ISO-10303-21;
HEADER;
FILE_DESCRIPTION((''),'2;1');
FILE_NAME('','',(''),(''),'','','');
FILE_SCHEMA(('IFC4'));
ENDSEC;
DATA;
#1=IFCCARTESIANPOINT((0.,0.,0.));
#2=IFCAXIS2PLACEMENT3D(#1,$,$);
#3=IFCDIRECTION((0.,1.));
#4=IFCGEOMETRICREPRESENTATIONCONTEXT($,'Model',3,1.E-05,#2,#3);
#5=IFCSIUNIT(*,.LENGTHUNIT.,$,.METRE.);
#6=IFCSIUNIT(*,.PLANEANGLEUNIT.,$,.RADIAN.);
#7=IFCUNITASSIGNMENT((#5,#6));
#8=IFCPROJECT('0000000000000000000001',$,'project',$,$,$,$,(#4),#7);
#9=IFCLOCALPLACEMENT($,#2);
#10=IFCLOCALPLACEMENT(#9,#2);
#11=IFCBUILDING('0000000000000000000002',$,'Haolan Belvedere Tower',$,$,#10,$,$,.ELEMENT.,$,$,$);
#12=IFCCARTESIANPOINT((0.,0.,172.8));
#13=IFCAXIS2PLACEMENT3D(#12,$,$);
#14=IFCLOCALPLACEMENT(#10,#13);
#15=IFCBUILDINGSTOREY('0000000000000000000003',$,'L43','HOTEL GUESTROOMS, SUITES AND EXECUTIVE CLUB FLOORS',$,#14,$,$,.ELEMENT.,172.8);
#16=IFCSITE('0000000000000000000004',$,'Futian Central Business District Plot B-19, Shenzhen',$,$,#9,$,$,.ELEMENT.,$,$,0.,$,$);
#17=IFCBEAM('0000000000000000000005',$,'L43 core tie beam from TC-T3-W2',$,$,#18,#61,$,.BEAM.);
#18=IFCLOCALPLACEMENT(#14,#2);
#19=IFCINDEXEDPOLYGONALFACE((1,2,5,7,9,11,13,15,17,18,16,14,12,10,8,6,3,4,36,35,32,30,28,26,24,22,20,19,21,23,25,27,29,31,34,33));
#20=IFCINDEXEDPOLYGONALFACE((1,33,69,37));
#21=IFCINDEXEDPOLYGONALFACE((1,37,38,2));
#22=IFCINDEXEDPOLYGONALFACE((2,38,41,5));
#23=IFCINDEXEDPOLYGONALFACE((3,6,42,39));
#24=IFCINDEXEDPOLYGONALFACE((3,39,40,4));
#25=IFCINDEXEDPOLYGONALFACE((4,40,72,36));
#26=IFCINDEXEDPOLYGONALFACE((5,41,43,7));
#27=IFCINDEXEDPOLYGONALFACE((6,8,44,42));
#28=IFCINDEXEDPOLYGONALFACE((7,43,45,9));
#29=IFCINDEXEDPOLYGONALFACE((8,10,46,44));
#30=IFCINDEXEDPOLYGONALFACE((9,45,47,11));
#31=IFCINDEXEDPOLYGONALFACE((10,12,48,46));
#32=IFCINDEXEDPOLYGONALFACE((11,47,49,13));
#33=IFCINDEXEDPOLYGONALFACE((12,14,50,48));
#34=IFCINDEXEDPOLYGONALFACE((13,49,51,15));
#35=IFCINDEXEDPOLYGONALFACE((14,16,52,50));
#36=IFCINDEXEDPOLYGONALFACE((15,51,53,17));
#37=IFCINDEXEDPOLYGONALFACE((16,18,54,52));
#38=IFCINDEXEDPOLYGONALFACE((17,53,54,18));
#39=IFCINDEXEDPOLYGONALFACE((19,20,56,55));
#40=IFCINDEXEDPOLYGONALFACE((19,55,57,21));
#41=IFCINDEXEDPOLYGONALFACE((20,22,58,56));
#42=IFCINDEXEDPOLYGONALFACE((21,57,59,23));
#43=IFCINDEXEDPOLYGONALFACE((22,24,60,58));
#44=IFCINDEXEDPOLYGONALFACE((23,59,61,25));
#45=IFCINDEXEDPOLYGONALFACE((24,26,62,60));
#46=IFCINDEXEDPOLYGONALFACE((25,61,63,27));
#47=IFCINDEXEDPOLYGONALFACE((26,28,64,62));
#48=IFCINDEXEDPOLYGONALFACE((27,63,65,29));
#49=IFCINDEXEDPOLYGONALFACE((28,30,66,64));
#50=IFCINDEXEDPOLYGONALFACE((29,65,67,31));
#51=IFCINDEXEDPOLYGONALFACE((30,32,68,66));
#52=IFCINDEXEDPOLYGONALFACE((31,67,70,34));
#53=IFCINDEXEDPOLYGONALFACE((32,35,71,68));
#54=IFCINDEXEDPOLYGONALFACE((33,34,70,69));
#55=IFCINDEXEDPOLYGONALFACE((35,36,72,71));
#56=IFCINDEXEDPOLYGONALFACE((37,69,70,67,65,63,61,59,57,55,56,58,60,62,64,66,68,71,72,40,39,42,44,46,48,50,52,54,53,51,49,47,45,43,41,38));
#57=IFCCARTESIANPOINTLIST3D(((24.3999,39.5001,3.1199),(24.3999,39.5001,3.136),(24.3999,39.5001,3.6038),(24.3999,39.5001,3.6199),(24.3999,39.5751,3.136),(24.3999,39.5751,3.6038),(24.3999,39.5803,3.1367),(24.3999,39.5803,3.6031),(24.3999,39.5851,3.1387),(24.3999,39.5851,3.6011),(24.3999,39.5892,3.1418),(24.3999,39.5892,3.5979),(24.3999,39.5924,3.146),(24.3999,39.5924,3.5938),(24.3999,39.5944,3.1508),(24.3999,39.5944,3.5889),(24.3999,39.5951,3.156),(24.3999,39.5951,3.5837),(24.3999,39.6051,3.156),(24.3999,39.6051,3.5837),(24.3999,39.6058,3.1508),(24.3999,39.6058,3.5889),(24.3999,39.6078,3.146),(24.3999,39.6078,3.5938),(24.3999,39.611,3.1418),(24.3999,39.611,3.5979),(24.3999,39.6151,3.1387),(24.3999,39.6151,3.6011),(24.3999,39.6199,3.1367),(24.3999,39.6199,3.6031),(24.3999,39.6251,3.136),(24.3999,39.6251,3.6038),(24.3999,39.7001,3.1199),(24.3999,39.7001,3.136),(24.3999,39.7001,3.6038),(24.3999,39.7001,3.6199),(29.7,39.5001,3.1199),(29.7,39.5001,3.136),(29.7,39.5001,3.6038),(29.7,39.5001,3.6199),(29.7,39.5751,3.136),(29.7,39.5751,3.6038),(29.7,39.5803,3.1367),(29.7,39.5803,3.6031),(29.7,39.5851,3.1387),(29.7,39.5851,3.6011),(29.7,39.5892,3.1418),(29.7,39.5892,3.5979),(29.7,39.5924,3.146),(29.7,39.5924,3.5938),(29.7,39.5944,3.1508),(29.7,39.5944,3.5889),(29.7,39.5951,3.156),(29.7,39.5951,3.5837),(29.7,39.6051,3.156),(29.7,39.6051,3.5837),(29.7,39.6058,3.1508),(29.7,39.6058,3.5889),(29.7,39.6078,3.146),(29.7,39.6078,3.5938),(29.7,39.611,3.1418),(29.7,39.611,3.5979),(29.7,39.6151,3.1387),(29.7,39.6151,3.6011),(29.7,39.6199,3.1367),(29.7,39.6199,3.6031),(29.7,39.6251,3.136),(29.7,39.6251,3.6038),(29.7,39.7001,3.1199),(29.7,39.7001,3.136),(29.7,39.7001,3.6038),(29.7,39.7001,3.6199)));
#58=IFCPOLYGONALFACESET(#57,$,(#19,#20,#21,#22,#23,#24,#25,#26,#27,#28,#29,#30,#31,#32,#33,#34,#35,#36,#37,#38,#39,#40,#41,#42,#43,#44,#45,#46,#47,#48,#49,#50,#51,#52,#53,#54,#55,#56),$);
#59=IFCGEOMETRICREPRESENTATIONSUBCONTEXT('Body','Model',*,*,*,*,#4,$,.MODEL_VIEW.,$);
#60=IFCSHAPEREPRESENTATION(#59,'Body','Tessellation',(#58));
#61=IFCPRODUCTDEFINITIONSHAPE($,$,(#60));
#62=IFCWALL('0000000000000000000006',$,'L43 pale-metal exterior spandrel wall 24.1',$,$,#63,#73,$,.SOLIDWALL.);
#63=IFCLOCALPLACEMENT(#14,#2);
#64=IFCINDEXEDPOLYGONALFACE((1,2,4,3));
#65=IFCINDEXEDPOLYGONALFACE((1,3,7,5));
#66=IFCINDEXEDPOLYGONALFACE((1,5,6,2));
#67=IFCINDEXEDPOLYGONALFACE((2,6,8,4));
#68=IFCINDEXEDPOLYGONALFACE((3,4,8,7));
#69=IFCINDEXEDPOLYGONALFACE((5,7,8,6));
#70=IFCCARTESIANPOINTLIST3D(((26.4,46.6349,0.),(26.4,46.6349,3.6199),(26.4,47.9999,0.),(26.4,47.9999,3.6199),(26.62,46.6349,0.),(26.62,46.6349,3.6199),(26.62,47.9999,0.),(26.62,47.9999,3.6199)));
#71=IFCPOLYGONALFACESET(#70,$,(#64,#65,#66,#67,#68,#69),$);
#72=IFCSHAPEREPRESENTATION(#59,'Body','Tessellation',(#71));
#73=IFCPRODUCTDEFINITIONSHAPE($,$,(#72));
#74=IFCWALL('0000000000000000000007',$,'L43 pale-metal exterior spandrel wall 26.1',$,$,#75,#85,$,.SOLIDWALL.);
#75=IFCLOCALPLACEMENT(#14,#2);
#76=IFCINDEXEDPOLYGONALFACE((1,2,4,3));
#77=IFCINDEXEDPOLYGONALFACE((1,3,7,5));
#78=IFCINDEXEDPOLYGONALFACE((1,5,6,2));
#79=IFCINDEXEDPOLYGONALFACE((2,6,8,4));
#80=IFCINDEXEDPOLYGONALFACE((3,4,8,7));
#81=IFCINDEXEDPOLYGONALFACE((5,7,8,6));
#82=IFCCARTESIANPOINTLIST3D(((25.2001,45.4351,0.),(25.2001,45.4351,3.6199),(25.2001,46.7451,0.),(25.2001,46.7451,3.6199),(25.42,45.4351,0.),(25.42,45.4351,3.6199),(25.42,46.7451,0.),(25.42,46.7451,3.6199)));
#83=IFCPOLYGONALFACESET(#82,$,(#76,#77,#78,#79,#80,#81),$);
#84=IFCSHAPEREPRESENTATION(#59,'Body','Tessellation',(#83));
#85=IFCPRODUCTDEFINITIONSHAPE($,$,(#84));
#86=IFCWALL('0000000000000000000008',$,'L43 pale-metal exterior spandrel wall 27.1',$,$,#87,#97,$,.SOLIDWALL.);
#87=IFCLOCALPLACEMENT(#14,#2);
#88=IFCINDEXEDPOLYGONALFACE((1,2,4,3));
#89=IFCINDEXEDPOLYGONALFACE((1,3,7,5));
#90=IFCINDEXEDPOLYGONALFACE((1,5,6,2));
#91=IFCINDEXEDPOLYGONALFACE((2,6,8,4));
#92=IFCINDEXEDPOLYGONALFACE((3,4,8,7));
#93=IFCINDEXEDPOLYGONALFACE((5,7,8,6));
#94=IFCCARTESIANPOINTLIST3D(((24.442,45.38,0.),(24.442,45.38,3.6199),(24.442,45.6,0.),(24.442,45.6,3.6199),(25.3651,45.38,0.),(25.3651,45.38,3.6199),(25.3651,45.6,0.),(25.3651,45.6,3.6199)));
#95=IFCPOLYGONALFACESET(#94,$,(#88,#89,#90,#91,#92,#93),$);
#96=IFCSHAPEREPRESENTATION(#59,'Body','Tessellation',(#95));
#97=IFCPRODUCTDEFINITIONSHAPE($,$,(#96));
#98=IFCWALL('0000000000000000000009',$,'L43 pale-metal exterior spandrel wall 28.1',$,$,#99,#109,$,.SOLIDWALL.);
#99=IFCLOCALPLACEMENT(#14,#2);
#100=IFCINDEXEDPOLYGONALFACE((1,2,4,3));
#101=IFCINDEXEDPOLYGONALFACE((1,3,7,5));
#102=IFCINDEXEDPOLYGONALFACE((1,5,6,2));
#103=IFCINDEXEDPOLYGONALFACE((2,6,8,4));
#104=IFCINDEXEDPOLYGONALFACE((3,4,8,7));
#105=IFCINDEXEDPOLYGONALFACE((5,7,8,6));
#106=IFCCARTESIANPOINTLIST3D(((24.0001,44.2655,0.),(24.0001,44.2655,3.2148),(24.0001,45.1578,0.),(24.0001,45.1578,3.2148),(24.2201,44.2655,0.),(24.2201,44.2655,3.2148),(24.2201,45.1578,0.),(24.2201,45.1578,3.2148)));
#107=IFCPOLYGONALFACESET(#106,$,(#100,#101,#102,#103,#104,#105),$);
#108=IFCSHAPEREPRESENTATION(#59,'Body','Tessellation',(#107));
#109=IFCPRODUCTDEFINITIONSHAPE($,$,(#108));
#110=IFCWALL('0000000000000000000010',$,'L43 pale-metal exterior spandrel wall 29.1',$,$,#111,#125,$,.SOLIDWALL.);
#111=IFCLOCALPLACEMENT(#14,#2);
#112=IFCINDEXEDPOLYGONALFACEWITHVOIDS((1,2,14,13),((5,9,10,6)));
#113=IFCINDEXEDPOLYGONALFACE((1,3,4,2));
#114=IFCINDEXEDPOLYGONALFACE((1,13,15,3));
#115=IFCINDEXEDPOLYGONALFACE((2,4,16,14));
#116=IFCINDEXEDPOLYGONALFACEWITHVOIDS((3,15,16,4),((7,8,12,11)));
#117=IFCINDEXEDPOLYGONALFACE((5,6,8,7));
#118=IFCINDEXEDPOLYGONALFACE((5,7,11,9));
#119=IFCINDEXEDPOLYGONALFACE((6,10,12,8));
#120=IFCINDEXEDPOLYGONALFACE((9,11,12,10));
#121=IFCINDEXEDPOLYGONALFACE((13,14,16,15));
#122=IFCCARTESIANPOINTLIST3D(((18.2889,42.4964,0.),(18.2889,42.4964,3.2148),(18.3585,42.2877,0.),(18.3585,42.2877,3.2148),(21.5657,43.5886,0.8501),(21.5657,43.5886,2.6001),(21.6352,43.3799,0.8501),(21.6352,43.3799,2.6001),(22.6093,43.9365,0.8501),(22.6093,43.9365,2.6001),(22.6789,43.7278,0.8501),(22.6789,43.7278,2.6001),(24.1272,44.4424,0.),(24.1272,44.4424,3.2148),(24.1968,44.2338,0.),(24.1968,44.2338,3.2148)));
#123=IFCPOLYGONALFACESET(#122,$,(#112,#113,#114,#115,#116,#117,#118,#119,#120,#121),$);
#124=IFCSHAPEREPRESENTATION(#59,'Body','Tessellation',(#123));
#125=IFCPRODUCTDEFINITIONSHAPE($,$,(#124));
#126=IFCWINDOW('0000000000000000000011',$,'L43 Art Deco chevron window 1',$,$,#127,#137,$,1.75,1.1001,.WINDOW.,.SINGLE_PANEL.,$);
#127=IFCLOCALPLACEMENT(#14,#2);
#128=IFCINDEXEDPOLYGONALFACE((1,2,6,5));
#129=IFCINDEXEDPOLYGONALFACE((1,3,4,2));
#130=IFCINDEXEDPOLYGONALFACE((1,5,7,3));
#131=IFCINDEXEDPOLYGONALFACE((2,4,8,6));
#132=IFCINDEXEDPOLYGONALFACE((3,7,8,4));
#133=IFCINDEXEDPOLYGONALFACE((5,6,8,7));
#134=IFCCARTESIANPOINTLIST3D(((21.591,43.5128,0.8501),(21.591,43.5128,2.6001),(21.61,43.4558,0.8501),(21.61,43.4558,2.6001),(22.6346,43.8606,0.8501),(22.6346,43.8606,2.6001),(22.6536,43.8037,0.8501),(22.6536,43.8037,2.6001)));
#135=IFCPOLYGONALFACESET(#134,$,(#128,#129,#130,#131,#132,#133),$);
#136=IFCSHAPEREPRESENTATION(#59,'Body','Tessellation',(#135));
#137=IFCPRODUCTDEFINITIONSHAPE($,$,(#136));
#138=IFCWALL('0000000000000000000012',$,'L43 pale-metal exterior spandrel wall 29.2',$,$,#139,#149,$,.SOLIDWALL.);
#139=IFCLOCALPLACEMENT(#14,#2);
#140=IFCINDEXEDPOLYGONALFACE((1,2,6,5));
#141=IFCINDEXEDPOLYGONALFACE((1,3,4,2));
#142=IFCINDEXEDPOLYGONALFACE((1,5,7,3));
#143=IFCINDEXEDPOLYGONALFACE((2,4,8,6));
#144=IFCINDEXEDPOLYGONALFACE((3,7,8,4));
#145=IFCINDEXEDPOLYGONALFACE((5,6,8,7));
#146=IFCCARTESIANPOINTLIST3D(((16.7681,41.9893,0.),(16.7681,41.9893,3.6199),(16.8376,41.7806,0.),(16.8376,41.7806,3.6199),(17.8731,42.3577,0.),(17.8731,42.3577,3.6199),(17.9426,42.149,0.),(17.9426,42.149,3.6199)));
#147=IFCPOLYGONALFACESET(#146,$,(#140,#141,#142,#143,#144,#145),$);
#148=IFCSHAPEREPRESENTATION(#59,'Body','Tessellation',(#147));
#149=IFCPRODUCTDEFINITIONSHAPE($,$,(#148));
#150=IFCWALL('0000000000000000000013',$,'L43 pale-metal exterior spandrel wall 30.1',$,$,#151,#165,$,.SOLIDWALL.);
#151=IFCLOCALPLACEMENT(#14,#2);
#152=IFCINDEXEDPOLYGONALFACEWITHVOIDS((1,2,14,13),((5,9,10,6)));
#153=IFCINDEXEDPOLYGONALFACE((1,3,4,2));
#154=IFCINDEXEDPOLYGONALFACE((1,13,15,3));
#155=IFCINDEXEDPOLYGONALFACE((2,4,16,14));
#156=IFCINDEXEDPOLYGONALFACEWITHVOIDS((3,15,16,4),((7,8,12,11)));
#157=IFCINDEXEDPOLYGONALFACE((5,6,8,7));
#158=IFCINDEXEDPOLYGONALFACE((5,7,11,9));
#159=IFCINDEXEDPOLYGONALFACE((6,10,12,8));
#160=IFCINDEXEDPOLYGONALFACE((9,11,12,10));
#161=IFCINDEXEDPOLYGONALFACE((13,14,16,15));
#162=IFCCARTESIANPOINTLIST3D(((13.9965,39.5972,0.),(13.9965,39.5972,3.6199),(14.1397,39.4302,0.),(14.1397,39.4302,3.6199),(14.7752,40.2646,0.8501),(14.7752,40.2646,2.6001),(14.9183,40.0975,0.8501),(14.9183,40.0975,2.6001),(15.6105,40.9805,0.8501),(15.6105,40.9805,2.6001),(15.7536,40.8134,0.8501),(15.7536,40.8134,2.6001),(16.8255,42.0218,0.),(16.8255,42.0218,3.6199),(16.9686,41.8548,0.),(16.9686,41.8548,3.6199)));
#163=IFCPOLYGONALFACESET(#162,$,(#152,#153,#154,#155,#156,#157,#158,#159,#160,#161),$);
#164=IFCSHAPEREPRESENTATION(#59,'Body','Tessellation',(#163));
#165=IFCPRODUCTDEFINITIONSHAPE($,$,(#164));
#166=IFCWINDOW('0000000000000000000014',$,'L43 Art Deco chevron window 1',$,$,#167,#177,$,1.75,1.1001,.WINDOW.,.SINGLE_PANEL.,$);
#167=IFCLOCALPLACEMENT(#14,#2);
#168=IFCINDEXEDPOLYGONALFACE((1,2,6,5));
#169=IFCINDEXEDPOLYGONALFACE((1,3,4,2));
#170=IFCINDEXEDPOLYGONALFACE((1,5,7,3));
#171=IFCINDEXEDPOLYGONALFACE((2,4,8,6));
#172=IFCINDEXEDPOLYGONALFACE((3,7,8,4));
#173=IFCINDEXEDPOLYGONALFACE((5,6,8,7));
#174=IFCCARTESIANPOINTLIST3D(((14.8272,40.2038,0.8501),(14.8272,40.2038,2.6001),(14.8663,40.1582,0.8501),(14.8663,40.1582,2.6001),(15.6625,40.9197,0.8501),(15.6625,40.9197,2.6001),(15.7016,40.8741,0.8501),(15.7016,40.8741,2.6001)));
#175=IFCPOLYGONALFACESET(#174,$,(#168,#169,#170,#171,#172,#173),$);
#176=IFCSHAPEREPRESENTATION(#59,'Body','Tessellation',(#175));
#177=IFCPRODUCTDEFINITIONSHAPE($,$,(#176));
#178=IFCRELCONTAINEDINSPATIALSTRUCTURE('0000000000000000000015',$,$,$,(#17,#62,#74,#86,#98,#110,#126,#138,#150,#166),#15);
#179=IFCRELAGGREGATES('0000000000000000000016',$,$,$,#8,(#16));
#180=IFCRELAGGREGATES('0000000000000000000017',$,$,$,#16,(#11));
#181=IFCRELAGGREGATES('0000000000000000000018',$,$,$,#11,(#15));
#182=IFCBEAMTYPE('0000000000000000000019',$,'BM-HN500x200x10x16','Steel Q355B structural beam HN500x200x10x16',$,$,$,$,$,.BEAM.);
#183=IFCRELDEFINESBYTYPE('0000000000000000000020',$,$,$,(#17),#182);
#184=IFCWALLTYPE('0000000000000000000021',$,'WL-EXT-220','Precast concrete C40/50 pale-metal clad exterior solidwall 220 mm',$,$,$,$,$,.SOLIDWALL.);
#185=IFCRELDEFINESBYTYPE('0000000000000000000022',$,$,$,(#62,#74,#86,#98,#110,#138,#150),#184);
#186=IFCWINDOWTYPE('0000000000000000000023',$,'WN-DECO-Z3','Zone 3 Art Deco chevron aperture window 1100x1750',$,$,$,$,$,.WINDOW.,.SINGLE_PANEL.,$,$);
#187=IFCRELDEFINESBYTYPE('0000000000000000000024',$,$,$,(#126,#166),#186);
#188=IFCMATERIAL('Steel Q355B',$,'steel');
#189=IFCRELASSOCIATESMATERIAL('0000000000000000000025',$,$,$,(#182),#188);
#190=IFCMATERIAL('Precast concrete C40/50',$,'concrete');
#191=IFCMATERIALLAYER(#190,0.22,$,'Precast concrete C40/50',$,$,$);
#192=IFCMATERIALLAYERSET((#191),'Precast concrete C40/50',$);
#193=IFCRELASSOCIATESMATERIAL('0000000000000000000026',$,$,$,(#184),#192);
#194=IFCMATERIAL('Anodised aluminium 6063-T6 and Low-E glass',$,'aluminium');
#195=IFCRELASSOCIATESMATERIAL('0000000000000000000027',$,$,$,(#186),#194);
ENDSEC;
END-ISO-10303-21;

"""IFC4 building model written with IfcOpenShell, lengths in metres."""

from ifc_helpers import new_model, si_unit, direction, frame, frame_2d, origin, origin_2d, place, context, subcontext, project, spatial, rectangle, i_section, extrude, material, layer, layer_set, material_profile, profile_set, type_object, element, fill, save


model = new_model("IFC4")

# Units and contexts
model_context = context("Model", 3, precision=1e-05, world=origin(), true_north=direction((0.0, 1.0)))
body_context = subcontext(model_context, "Body", "Model", "MODEL_VIEW")
ifc_project = project(units=[si_unit("LENGTHUNIT", "METRE"), si_unit("PLANEANGLEUNIT", "RADIAN")], contexts=[model_context])

# Site, building, storey
site_placement = place(None, origin())
site = spatial("IfcSite", under=ifc_project, at=site_placement, Name="Futian Central Business District Plot B-19, Shenzhen", CompositionType="ELEMENT", RefElevation=0.0)
building_placement = place(site_placement, origin())
building = spatial("IfcBuilding", under=site, at=building_placement, Name="Haolan Belvedere Tower", CompositionType="ELEMENT")
storey_placement = place(building_placement, frame((0.0, 0.0, 172.8)))
storey = spatial("IfcBuildingStorey", under=building, at=storey_placement, Name="L43", Description="HOTEL GUESTROOMS, SUITES AND EXECUTIVE CLUB FLOORS", CompositionType="ELEMENT", Elevation=172.8)

# Beam
ifc_material_1 = material(Name="Steel Q355B", Category="steel")
ifc_material_profile_1 = material_profile(ifc_material_1, i_section(OverallWidth=0.2, OverallDepth=0.5, WebThickness=0.01, FlangeThickness=0.0161, FilletRadius=0.02, at=origin_2d()), Name="Steel Q355B")
ifc_profile_set_1 = profile_set([ifc_material_profile_1], Name="Steel Q355B")
beam_type_1 = type_object("IfcBeamType", Name="BM-HN500x200x10x16", Description="Steel Q355B structural beam HN500x200x10x16", PredefinedType="BEAM", material=ifc_profile_set_1)
beam_1_placement = place(storey_placement, frame((24.3999, 39.6001, 3.3699), z_axis=(1.0, 0.0, 0.0), x_axis=(0.0, 1.0, 0.0)))
element("IfcBeam", 1, at=beam_1_placement, inside=storey, type_object=beam_type_1, Name="L43 core tie beam from TC-T3-W2", PredefinedType="BEAM", context=body_context, shape_type="SweptSolid", body=[
    extrude(i_section(OverallWidth=0.2, OverallDepth=0.5, WebThickness=0.01, FlangeThickness=0.0161, FilletRadius=0.02, at=origin_2d()), origin(), (0.0, 0.0, 1.0), 5.3),
])

# Walls
ifc_material_2 = material(Name="Precast concrete C40/50", Category="concrete")
ifc_layer_1 = layer(ifc_material_2, 0.22, Name="Precast concrete C40/50")
ifc_layer_set_1 = layer_set([ifc_layer_1], Name="Precast concrete C40/50")
wall_type_1 = type_object("IfcWallType", Name="WL-EXT-220", Description="Precast concrete C40/50 pale-metal clad exterior solidwall 220 mm", PredefinedType="SOLIDWALL", material=ifc_layer_set_1)
wall_1_placement = place(storey_placement, frame((26.51, 48.0, 0.0), z_axis=(0.0, 0.0, 1.0), x_axis=(0.0, -1.0, 0.0)))
element("IfcWall", 2, at=wall_1_placement, inside=storey, type_object=wall_type_1, Name="L43 pale-metal exterior spandrel wall 24.1", PredefinedType="SOLIDWALL", context=body_context, shape_type="SweptSolid", body=[
    extrude(rectangle(XDim=1.365, YDim=0.22, at=frame_2d((0.6826, 0.0))), origin(), (0.0, 0.0, 1.0), 3.6199),
])
wall_2_placement = place(storey_placement, frame((25.3101, 46.7451, 0.0), z_axis=(0.0, 0.0, 1.0), x_axis=(0.0, -1.0, 0.0)))
element("IfcWall", 3, at=wall_2_placement, inside=storey, type_object=wall_type_1, Name="L43 pale-metal exterior spandrel wall 26.1", PredefinedType="SOLIDWALL", context=body_context, shape_type="SweptSolid", body=[
    extrude(rectangle(XDim=1.3101, YDim=0.22, at=frame_2d((0.655, 0.0))), origin(), (0.0, 0.0, 1.0), 3.6199),
])
wall_3_placement = place(storey_placement, frame((25.365, 45.49, 0.0), z_axis=(0.0, 0.0, 1.0), x_axis=(-1.0, 0.0, 0.0)))
element("IfcWall", 4, at=wall_3_placement, inside=storey, type_object=wall_type_1, Name="L43 pale-metal exterior spandrel wall 27.1", PredefinedType="SOLIDWALL", context=body_context, shape_type="SweptSolid", body=[
    extrude(rectangle(XDim=0.9231, YDim=0.22, at=frame_2d((0.4614, 0.0))), origin(), (0.0, 0.0, 1.0), 3.6199),
])
wall_4_placement = place(storey_placement, frame((24.1101, 45.158, 0.0), z_axis=(0.0, 0.0, 1.0), x_axis=(0.0, -1.0, 0.0)))
element("IfcWall", 5, at=wall_4_placement, inside=storey, type_object=wall_type_1, Name="L43 pale-metal exterior spandrel wall 28.1", PredefinedType="SOLIDWALL", context=body_context, shape_type="SweptSolid", body=[
    extrude(rectangle(XDim=0.8923, YDim=0.22, at=frame_2d((0.4463, 0.0))), origin(), (0.0, 0.0, 1.0), 3.2148),
])

# Wall, opening, window
wall_5_placement = place(storey_placement, frame((24.1621, 44.3381, 0.0), z_axis=(0.0, 0.0, 1.0), x_axis=(-0.948687, -0.316216, 0.0)))
wall_5 = element("IfcWall", 6, at=wall_5_placement, inside=storey, type_object=wall_type_1, Name="L43 pale-metal exterior spandrel wall 29.1", PredefinedType="SOLIDWALL", context=body_context, shape_type="SweptSolid", body=[
    extrude(rectangle(XDim=6.1541, YDim=0.22, at=frame_2d((3.0771, 0.0))), origin(), (0.0, 0.0, 1.0), 3.2148),
])
opening_1_placement = place(wall_5_placement, frame((1.6001, 0.0, 0.8501)))
opening_1 = element("IfcOpeningElement", 7, at=opening_1_placement, cuts=wall_5, PredefinedType="OPENING", context=body_context, shape_type="SweptSolid", body=[
    extrude(rectangle(XDim=1.1001, YDim=1.75, at=frame_2d((0.55, 0.875))), frame((0.0, 0.1199, 0.0), z_axis=(0.0, -1.0, 0.0), x_axis=(1.0, 0.0, 0.0)), (0.0, 0.0, 1.0), 0.24),
])
ifc_material_3 = material(Name="Anodised aluminium 6063-T6 and Low-E glass", Category="aluminium")
window_type = type_object("IfcWindowType", Name="WN-DECO-Z3", Description="Zone 3 Art Deco chevron aperture window 1100x1750", PartitioningType="SINGLE_PANEL", PredefinedType="WINDOW", material=ifc_material_3)
window_1_placement = place(opening_1_placement, origin())
window_1 = element("IfcWindow", 8, at=window_1_placement, inside=storey, type_object=window_type, Name="L43 Art Deco chevron window 1", OverallHeight=1.75, OverallWidth=1.1001, PartitioningType="SINGLE_PANEL", PredefinedType="WINDOW", context=body_context, shape_type="SweptSolid", body=[
    extrude(rectangle(XDim=1.1001, YDim=1.75, at=frame_2d((0.55, 0.875))), frame((0.0, 0.03, 0.0), z_axis=(0.0, -1.0, 0.0), x_axis=(1.0, 0.0, 0.0)), (0.0, 0.0, 1.0), 0.0601),
])
fill(opening_1, window_1)

# Wall
wall_6_placement = place(storey_placement, frame((17.908, 42.2534, 0.0), z_axis=(0.0, 0.0, 1.0), x_axis=(-0.948662, -0.316291, 0.0)))
element("IfcWall", 9, at=wall_6_placement, inside=storey, type_object=wall_type_1, Name="L43 pale-metal exterior spandrel wall 29.2", PredefinedType="SOLIDWALL", context=body_context, shape_type="SweptSolid", body=[
    extrude(rectangle(XDim=1.1648, YDim=0.22, at=frame_2d((0.5825, 0.0))), origin(), (0.0, 0.0, 1.0), 3.6199),
])

# Wall, opening, window
wall_7_placement = place(storey_placement, frame((16.897, 41.9382, 0.0), z_axis=(0.0, 0.0, 1.0), x_axis=(-0.75928, -0.650764, 0.0)))
wall_7 = element("IfcWall", 10, at=wall_7_placement, inside=storey, type_object=wall_type_1, Name="L43 pale-metal exterior spandrel wall 30.1", PredefinedType="SOLIDWALL", context=body_context, shape_type="SweptSolid", body=[
    extrude(rectangle(XDim=3.7258, YDim=0.22, at=frame_2d((1.8628, 0.0))), origin(), (0.0, 0.0, 1.0), 3.6199),
])
opening_2_placement = place(wall_7_placement, frame((1.6001, 0.0, 0.8501)))
opening_2 = element("IfcOpeningElement", 11, at=opening_2_placement, cuts=wall_7, PredefinedType="OPENING", context=body_context, shape_type="SweptSolid", body=[
    extrude(rectangle(XDim=1.1001, YDim=1.75, at=frame_2d((0.55, 0.875))), frame((0.0, 0.1199, 0.0), z_axis=(0.0, -1.0, 0.0), x_axis=(1.0, 0.0, 0.0)), (0.0, 0.0, 1.0), 0.24),
])
window_2_placement = place(opening_2_placement, origin())
window_2 = element("IfcWindow", 12, at=window_2_placement, inside=storey, type_object=window_type, Name="L43 Art Deco chevron window 1", OverallHeight=1.75, OverallWidth=1.1001, PartitioningType="SINGLE_PANEL", PredefinedType="WINDOW", context=body_context, shape_type="SweptSolid", body=[
    extrude(rectangle(XDim=1.1001, YDim=1.75, at=frame_2d((0.55, 0.875))), frame((0.0, 0.03, 0.0), z_axis=(0.0, -1.0, 0.0), x_axis=(1.0, 0.0, 0.0)), (0.0, 0.0, 1.0), 0.0601),
])
fill(opening_2, window_2)

save(model, "model.ifc")
